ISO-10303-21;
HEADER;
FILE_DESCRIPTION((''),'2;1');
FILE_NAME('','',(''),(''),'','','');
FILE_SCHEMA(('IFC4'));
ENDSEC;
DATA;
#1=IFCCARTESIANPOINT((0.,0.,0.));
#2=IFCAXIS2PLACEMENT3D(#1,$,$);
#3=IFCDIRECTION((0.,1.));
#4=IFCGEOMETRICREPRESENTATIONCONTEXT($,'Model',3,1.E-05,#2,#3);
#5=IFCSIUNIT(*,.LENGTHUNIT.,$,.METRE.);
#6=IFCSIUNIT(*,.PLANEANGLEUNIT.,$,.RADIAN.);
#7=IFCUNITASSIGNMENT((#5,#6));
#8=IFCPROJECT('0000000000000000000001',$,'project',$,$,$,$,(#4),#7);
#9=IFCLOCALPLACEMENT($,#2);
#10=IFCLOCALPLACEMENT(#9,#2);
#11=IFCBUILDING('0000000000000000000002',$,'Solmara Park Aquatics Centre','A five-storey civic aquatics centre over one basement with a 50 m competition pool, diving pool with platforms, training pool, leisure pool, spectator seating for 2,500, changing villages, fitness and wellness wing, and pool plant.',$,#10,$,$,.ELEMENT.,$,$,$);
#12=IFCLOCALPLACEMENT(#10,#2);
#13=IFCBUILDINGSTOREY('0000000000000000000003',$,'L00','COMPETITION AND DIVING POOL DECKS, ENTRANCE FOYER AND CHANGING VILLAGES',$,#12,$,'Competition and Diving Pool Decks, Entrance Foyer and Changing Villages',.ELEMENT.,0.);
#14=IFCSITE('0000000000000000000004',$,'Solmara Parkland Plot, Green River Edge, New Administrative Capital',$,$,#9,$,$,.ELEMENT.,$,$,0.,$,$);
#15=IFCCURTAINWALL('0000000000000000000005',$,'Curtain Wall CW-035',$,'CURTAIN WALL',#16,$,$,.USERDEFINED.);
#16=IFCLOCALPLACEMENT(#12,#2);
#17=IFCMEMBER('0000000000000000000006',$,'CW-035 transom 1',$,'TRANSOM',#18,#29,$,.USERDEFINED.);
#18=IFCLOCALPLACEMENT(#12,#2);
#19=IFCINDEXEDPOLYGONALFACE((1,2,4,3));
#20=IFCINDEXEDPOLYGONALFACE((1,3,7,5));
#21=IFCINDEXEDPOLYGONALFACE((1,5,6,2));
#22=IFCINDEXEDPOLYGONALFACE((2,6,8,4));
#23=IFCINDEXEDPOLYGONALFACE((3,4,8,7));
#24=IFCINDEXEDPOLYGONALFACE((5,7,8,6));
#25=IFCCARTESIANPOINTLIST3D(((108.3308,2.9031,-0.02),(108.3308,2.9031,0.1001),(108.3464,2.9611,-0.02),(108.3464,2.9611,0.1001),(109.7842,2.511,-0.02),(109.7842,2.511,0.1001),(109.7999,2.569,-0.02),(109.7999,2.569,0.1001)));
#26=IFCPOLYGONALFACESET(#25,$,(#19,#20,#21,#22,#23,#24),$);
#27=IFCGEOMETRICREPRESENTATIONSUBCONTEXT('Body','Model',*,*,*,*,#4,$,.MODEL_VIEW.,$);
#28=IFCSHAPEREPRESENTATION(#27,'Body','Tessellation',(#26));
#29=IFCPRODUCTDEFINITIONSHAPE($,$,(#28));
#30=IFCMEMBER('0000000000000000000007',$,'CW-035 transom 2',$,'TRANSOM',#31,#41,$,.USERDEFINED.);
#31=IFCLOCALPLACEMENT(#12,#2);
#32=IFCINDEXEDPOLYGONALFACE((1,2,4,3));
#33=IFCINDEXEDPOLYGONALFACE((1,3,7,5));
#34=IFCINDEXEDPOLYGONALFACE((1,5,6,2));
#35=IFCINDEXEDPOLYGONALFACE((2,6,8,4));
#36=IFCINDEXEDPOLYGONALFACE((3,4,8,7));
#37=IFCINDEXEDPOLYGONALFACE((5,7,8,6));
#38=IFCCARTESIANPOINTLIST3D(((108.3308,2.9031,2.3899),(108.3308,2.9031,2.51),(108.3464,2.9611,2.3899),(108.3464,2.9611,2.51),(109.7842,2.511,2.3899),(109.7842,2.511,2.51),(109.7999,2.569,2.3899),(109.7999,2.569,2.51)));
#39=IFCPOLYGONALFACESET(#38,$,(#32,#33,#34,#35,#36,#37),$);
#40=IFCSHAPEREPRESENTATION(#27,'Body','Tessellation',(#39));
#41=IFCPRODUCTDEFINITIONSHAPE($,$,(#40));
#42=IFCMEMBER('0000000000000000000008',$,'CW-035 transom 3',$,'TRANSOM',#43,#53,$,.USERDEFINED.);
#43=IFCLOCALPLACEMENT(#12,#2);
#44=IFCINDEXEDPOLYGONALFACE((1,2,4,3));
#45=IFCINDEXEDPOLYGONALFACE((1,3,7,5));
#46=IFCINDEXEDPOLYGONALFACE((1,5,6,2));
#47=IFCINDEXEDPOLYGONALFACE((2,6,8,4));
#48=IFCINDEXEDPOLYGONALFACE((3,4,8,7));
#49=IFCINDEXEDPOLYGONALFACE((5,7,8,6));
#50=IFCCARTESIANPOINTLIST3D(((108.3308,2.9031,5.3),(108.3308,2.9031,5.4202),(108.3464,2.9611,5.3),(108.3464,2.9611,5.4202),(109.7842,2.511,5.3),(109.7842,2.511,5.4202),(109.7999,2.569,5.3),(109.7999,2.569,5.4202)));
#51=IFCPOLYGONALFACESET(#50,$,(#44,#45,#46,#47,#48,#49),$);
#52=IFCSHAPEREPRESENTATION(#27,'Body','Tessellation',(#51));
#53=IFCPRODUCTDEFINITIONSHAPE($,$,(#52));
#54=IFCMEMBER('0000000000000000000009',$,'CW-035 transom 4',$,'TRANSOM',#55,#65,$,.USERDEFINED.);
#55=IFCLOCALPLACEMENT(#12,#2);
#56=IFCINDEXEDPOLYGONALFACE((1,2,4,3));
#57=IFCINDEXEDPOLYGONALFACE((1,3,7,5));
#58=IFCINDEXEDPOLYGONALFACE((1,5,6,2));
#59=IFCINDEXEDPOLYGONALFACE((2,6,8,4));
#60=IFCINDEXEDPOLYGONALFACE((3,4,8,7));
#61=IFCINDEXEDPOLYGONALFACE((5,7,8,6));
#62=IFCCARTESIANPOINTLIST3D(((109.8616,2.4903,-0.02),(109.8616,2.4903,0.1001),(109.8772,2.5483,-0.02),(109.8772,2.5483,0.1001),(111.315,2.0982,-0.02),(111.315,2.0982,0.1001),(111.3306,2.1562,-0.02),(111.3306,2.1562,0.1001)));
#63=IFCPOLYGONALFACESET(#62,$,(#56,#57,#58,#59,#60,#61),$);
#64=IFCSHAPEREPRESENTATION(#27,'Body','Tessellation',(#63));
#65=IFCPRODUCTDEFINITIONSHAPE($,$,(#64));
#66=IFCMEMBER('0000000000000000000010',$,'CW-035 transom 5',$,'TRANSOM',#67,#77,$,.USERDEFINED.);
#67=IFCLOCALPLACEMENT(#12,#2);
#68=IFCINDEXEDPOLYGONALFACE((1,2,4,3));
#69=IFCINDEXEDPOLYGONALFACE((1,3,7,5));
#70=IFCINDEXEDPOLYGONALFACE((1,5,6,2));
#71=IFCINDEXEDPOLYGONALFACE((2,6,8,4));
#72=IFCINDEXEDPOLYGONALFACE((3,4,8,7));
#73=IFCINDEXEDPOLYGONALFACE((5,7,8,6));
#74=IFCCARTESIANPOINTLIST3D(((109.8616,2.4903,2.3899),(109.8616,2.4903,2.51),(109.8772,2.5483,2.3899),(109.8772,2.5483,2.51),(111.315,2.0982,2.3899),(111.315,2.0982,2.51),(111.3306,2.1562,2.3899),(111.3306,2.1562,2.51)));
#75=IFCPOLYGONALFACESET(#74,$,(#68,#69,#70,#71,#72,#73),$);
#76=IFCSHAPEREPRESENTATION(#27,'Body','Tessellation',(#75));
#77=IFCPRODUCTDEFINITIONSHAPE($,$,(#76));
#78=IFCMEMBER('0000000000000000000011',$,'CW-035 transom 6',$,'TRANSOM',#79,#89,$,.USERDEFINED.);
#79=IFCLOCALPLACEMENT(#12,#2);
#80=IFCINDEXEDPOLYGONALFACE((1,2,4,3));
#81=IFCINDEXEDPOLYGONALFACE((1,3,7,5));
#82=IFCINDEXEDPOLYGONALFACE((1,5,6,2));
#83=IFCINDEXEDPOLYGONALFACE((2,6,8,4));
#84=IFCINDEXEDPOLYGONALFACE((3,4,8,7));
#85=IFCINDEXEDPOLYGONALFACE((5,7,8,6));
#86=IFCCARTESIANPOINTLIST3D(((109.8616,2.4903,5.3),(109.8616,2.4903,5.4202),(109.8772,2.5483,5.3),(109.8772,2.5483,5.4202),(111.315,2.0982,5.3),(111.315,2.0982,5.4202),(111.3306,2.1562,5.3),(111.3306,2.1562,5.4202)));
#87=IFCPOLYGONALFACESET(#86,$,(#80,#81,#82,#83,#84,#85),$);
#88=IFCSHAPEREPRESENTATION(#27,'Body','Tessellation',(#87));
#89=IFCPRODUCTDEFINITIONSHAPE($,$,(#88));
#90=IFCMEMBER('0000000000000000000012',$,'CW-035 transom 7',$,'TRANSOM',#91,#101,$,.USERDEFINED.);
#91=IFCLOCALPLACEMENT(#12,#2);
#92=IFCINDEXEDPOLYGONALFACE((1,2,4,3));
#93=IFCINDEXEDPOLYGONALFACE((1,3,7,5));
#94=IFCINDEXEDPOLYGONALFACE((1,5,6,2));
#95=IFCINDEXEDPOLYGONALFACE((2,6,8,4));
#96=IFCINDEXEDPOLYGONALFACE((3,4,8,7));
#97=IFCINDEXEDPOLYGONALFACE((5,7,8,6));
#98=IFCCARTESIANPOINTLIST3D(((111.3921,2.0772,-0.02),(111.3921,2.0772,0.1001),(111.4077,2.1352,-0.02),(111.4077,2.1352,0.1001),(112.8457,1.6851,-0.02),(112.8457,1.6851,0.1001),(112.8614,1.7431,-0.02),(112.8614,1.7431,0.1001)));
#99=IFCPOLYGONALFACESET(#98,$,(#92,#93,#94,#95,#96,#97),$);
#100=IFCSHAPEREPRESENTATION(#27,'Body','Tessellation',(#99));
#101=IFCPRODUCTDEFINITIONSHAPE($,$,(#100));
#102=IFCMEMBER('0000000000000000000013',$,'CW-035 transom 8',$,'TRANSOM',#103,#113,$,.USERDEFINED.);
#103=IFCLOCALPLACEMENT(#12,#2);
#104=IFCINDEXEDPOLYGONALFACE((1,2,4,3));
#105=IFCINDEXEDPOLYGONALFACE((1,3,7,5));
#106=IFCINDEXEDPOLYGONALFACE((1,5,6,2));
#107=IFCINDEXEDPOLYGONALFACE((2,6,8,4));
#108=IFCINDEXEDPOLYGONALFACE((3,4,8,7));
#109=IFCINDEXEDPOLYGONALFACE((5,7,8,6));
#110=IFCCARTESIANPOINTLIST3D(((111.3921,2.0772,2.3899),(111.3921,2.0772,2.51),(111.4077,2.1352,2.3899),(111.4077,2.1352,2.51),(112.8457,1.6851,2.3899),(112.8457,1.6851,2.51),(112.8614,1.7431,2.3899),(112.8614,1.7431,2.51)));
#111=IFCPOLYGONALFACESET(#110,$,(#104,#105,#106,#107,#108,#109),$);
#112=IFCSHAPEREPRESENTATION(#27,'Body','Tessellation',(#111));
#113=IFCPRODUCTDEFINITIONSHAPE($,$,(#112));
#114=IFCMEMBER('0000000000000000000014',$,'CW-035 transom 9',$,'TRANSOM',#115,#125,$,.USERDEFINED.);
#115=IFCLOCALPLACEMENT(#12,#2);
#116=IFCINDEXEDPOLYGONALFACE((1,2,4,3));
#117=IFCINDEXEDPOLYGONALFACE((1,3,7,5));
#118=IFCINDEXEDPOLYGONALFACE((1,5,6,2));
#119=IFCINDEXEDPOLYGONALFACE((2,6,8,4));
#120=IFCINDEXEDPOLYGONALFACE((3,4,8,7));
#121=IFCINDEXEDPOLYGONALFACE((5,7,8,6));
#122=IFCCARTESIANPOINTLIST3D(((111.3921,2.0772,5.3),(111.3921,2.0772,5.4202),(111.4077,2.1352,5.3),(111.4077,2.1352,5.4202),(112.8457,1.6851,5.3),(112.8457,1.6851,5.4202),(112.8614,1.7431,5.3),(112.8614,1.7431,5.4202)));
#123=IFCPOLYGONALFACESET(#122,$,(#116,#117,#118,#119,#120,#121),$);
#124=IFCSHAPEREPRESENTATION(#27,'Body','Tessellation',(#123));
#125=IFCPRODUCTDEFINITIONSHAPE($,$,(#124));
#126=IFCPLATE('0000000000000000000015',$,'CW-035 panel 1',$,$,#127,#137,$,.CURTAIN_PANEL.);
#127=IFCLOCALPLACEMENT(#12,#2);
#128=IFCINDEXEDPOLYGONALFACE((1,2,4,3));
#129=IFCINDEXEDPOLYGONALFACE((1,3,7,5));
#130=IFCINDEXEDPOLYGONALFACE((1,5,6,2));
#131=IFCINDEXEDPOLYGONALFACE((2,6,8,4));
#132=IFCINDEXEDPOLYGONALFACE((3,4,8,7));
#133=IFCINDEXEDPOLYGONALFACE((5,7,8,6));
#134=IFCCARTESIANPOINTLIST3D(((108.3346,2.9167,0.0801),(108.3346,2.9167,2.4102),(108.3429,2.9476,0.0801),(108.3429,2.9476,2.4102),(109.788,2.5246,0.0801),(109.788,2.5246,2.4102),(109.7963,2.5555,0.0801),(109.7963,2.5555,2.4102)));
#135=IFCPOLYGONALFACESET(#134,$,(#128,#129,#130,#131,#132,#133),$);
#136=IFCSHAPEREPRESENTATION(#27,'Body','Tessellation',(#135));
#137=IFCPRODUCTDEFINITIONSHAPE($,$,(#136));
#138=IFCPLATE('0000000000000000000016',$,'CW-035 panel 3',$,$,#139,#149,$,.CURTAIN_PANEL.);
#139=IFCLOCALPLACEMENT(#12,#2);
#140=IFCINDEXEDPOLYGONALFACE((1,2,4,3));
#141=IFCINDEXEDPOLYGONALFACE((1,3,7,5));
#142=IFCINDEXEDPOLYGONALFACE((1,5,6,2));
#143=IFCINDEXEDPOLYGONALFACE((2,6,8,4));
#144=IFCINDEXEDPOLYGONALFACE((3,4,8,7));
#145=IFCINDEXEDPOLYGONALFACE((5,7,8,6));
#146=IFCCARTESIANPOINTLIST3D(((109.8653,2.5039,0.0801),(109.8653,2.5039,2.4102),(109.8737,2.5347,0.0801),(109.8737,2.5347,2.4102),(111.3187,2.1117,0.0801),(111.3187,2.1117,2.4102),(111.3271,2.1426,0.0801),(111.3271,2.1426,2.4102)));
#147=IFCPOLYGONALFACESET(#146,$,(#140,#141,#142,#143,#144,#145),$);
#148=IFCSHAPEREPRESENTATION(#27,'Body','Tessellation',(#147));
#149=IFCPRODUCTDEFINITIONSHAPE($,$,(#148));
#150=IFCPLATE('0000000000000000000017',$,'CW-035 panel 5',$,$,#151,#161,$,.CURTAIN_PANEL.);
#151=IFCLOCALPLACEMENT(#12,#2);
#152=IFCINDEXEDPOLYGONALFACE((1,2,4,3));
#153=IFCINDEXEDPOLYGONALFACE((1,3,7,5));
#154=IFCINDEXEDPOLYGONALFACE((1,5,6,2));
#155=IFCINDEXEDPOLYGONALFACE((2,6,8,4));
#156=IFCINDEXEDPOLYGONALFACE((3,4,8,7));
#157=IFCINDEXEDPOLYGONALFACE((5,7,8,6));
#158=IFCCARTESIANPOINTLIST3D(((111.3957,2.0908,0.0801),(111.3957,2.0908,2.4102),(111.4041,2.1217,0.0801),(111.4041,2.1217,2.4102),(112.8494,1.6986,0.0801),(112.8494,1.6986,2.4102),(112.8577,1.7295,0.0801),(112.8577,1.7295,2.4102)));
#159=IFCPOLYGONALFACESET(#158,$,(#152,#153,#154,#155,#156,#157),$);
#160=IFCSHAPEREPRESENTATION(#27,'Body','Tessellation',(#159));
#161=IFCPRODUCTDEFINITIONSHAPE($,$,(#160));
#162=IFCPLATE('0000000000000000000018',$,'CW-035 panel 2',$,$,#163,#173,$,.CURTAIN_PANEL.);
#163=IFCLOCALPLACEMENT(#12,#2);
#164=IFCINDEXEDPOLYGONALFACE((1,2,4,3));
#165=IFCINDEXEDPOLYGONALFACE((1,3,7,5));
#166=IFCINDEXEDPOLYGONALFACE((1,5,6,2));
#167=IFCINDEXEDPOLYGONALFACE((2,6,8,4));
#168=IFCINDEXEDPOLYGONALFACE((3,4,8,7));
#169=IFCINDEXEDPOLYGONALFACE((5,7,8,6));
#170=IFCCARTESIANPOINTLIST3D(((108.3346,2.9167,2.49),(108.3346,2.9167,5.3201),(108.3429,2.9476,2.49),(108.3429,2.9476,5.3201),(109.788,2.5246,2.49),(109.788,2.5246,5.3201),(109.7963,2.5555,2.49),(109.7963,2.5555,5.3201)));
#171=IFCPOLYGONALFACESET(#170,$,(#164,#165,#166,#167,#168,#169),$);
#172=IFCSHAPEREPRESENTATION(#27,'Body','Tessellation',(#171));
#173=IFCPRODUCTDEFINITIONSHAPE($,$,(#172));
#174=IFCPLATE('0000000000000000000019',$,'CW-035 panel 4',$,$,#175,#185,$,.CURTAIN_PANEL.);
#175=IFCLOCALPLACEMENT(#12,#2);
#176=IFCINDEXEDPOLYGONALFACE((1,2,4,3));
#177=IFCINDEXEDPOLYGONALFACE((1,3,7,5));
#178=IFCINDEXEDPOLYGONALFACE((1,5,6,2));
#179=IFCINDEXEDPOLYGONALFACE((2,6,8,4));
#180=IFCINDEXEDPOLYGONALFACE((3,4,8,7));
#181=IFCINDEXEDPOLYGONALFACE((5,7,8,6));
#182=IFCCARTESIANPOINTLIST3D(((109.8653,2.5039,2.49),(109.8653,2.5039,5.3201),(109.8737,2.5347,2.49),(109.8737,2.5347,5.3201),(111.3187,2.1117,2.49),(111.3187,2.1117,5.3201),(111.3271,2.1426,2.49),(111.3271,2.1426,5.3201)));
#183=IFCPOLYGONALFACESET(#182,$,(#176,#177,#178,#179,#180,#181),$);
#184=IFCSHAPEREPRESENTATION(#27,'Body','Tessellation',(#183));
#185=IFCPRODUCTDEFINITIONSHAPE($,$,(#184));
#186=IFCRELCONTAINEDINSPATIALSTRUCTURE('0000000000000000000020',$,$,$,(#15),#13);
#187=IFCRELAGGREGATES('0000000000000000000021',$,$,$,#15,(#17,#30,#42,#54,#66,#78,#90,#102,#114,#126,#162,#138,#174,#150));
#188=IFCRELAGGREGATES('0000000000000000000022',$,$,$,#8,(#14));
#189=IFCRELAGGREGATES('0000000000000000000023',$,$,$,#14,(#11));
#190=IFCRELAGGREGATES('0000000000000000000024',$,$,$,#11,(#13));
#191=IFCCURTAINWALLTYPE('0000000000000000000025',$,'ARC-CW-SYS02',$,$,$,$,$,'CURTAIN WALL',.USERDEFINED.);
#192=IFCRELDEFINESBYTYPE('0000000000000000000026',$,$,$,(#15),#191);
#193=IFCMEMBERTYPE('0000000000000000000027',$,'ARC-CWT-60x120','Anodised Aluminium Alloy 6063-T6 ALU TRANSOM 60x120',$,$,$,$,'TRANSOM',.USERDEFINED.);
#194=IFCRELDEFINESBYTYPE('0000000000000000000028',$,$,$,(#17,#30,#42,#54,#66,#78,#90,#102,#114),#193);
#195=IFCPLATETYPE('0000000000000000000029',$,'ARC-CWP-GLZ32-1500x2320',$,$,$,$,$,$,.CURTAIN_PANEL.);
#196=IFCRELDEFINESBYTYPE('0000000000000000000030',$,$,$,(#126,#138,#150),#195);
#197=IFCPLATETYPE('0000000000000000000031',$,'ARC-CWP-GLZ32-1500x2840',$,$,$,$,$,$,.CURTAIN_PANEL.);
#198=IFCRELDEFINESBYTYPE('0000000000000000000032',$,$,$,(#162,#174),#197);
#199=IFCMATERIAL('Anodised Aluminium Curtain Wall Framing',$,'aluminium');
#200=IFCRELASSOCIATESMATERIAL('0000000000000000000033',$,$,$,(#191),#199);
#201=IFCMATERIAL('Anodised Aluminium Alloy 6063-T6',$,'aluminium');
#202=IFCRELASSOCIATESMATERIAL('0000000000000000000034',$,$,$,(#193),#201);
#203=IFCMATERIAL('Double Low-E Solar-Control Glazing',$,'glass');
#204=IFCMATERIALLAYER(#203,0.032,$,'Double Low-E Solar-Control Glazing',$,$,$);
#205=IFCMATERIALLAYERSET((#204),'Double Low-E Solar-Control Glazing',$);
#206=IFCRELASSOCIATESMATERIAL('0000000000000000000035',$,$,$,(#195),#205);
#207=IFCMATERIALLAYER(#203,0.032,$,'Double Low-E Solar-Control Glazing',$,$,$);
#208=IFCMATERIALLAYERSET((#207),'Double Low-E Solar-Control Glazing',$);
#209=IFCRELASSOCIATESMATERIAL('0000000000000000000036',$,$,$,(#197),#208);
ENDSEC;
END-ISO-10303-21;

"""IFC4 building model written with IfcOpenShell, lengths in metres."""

from ifc_helpers import new_model, si_unit, direction, frame, origin, origin_2d, place, context, subcontext, project, spatial, rectangle, extrude, material, layer, layer_set, material_profile, profile_set, type_object, element, aggregate, save


model = new_model("IFC4")

# Units and contexts
model_context = context("Model", 3, precision=1e-05, world=origin(), true_north=direction((0.0, 1.0)))
body_context = subcontext(model_context, "Body", "Model", "MODEL_VIEW")
ifc_project = project(units=[si_unit("LENGTHUNIT", "METRE"), si_unit("PLANEANGLEUNIT", "RADIAN")], contexts=[model_context])

# Site, building, storey
site_placement = place(None, origin())
site = spatial("IfcSite", under=ifc_project, at=site_placement, Name="Solmara Parkland Plot, Green River Edge, New Administrative Capital", CompositionType="ELEMENT", RefElevation=0.0)
building_placement = place(site_placement, origin())
building = spatial("IfcBuilding", under=site, at=building_placement, Name="Solmara Park Aquatics Centre", Description="A five-storey civic aquatics centre over one basement with a 50 m competition pool, diving pool with platforms, training pool, leisure pool, spectator seating for 2,500, changing villages, fitness and wellness wing, and pool plant.", CompositionType="ELEMENT")
storey_placement = place(building_placement, origin())
storey = spatial("IfcBuildingStorey", under=building, at=storey_placement, Name="L00", Description="COMPETITION AND DIVING POOL DECKS, ENTRANCE FOYER AND CHANGING VILLAGES", LongName="Competition and Diving Pool Decks, Entrance Foyer and Changing Villages", CompositionType="ELEMENT", Elevation=0.0)

# Shared definitions
ifc_material_1 = material(Name="Anodised Aluminium Curtain Wall Framing", Category="aluminium")
curtain_wall_type = type_object("IfcCurtainWallType", Name="ARC-CW-SYS02", ElementType="CURTAIN WALL", PredefinedType="USERDEFINED", material=ifc_material_1)
ifc_material_2 = material(Name="Anodised Aluminium Alloy 6063-T6", Category="aluminium")

# Curtain wall
curtain_wall_1_placement = place(storey_placement, origin())
curtain_wall_1 = element("IfcCurtainWall", 1, at=curtain_wall_1_placement, inside=storey, type_object=curtain_wall_type, Name="Curtain Wall CW-035", ObjectType="CURTAIN WALL", PredefinedType="USERDEFINED")

# Members
ifc_material_profile_1 = material_profile(ifc_material_2, rectangle(XDim=0.0601, YDim=0.1201, at=origin_2d()), Name="ALU TRANSOM 60x120")
ifc_profile_set_1 = profile_set([ifc_material_profile_1], Name="Anodised Aluminium Alloy 6063-T6")
member_type_1 = type_object("IfcMemberType", Name="ARC-CWT-60x120", Description="Anodised Aluminium Alloy 6063-T6 ALU TRANSOM 60x120", ElementType="TRANSOM", PredefinedType="USERDEFINED", material=ifc_profile_set_1)
member_1_placement = place(storey_placement, frame((108.3386, 2.9321, 0.04), z_axis=(0.965483, -0.260468, 0.0), x_axis=(0.260468, 0.965483, 0.0)))
member_1 = element("IfcMember", 2, at=member_1_placement, type_object=member_type_1, Name="CW-035 transom 1", ObjectType="TRANSOM", PredefinedType="USERDEFINED", context=body_context, shape_type="SweptSolid", body=[
    extrude(rectangle(XDim=0.0601, YDim=0.1201, at=origin_2d()), origin(), (0.0, 0.0, 1.0), 1.5054),
])
member_2_placement = place(storey_placement, frame((108.3386, 2.9321, 2.45), z_axis=(0.965483, -0.260468, 0.0), x_axis=(0.260468, 0.965483, 0.0)))
member_2 = element("IfcMember", 3, at=member_2_placement, type_object=member_type_1, Name="CW-035 transom 2", ObjectType="TRANSOM", PredefinedType="USERDEFINED", context=body_context, shape_type="SweptSolid", body=[
    extrude(rectangle(XDim=0.0601, YDim=0.1201, at=origin_2d()), origin(), (0.0, 0.0, 1.0), 1.5054),
])
member_3_placement = place(storey_placement, frame((108.3386, 2.9321, 5.3601), z_axis=(0.965483, -0.260468, 0.0), x_axis=(0.260468, 0.965483, 0.0)))
member_3 = element("IfcMember", 4, at=member_3_placement, type_object=member_type_1, Name="CW-035 transom 3", ObjectType="TRANSOM", PredefinedType="USERDEFINED", context=body_context, shape_type="SweptSolid", body=[
    extrude(rectangle(XDim=0.0601, YDim=0.1201, at=origin_2d()), origin(), (0.0, 0.0, 1.0), 1.5054),
])
member_4_placement = place(storey_placement, frame((109.8694, 2.5193, 0.04), z_axis=(0.965483, -0.260468, 0.0), x_axis=(0.260468, 0.965483, 0.0)))
member_4 = element("IfcMember", 5, at=member_4_placement, type_object=member_type_1, Name="CW-035 transom 4", ObjectType="TRANSOM", PredefinedType="USERDEFINED", context=body_context, shape_type="SweptSolid", body=[
    extrude(rectangle(XDim=0.0601, YDim=0.1201, at=origin_2d()), origin(), (0.0, 0.0, 1.0), 1.5054),
])
member_5_placement = place(storey_placement, frame((109.8694, 2.5193, 2.45), z_axis=(0.965483, -0.260468, 0.0), x_axis=(0.260468, 0.965483, 0.0)))
member_5 = element("IfcMember", 6, at=member_5_placement, type_object=member_type_1, Name="CW-035 transom 5", ObjectType="TRANSOM", PredefinedType="USERDEFINED", context=body_context, shape_type="SweptSolid", body=[
    extrude(rectangle(XDim=0.0601, YDim=0.1201, at=origin_2d()), origin(), (0.0, 0.0, 1.0), 1.5054),
])
member_6_placement = place(storey_placement, frame((109.8694, 2.5193, 5.3601), z_axis=(0.965483, -0.260468, 0.0), x_axis=(0.260468, 0.965483, 0.0)))
member_6 = element("IfcMember", 7, at=member_6_placement, type_object=member_type_1, Name="CW-035 transom 6", ObjectType="TRANSOM", PredefinedType="USERDEFINED", context=body_context, shape_type="SweptSolid", body=[
    extrude(rectangle(XDim=0.0601, YDim=0.1201, at=origin_2d()), origin(), (0.0, 0.0, 1.0), 1.5054),
])
member_7_placement = place(storey_placement, frame((111.3999, 2.1062, 0.04), z_axis=(0.965494, -0.260427, 0.0), x_axis=(0.260427, 0.965494, 0.0)))
member_7 = element("IfcMember", 8, at=member_7_placement, type_object=member_type_1, Name="CW-035 transom 7", ObjectType="TRANSOM", PredefinedType="USERDEFINED", context=body_context, shape_type="SweptSolid", body=[
    extrude(rectangle(XDim=0.0601, YDim=0.1201, at=origin_2d()), origin(), (0.0, 0.0, 1.0), 1.5056),
])
member_8_placement = place(storey_placement, frame((111.3999, 2.1062, 2.45), z_axis=(0.965494, -0.260427, 0.0), x_axis=(0.260427, 0.965494, 0.0)))
member_8 = element("IfcMember", 9, at=member_8_placement, type_object=member_type_1, Name="CW-035 transom 8", ObjectType="TRANSOM", PredefinedType="USERDEFINED", context=body_context, shape_type="SweptSolid", body=[
    extrude(rectangle(XDim=0.0601, YDim=0.1201, at=origin_2d()), origin(), (0.0, 0.0, 1.0), 1.5056),
])
member_9_placement = place(storey_placement, frame((111.3999, 2.1062, 5.3601), z_axis=(0.965494, -0.260427, 0.0), x_axis=(0.260427, 0.965494, 0.0)))
member_9 = element("IfcMember", 10, at=member_9_placement, type_object=member_type_1, Name="CW-035 transom 9", ObjectType="TRANSOM", PredefinedType="USERDEFINED", context=body_context, shape_type="SweptSolid", body=[
    extrude(rectangle(XDim=0.0601, YDim=0.1201, at=origin_2d()), origin(), (0.0, 0.0, 1.0), 1.5056),
])

# Plates
ifc_material_3 = material(Name="Double Low-E Solar-Control Glazing", Category="glass")
ifc_layer_1 = layer(ifc_material_3, 0.032, Name="Double Low-E Solar-Control Glazing")
ifc_layer_set_1 = layer_set([ifc_layer_1], Name="Double Low-E Solar-Control Glazing")
plate_type_1 = type_object("IfcPlateType", Name="ARC-CWP-GLZ32-1500x2320", PredefinedType="CURTAIN_PANEL", material=ifc_layer_set_1)
plate_1_placement = place(storey_placement, frame((109.0654, 2.7361, 0.0801), z_axis=(0.0, 0.0, 1.0), x_axis=(0.96548, -0.260476, 0.0)))
plate_1 = element("IfcPlate", 11, at=plate_1_placement, type_object=plate_type_1, Name="CW-035 panel 1", PredefinedType="CURTAIN_PANEL", context=body_context, shape_type="SweptSolid", body=[
    extrude(rectangle(XDim=1.5054, YDim=0.032, at=origin_2d()), origin(), (0.0, 0.0, 1.0), 2.3301),
])
plate_2_placement = place(storey_placement, frame((110.5962, 2.3232, 0.0801), z_axis=(0.0, 0.0, 1.0), x_axis=(0.96548, -0.260476, 0.0)))
plate_2 = element("IfcPlate", 12, at=plate_2_placement, type_object=plate_type_1, Name="CW-035 panel 3", PredefinedType="CURTAIN_PANEL", context=body_context, shape_type="SweptSolid", body=[
    extrude(rectangle(XDim=1.5054, YDim=0.032, at=origin_2d()), origin(), (0.0, 0.0, 1.0), 2.3301),
])
plate_3_placement = place(storey_placement, frame((112.1267, 1.9102, 0.0801), z_axis=(0.0, 0.0, 1.0), x_axis=(0.96548, -0.260476, 0.0)))
plate_3 = element("IfcPlate", 13, at=plate_3_placement, type_object=plate_type_1, Name="CW-035 panel 5", PredefinedType="CURTAIN_PANEL", context=body_context, shape_type="SweptSolid", body=[
    extrude(rectangle(XDim=1.5056, YDim=0.032, at=origin_2d()), origin(), (0.0, 0.0, 1.0), 2.3301),
])
ifc_layer_2 = layer(ifc_material_3, 0.032, Name="Double Low-E Solar-Control Glazing")
ifc_layer_set_2 = layer_set([ifc_layer_2], Name="Double Low-E Solar-Control Glazing")
plate_type_2 = type_object("IfcPlateType", Name="ARC-CWP-GLZ32-1500x2840", PredefinedType="CURTAIN_PANEL", material=ifc_layer_set_2)
plate_4_placement = place(storey_placement, frame((109.0654, 2.7361, 2.49), z_axis=(0.0, 0.0, 1.0), x_axis=(0.96548, -0.260476, 0.0)))
plate_4 = element("IfcPlate", 14, at=plate_4_placement, type_object=plate_type_2, Name="CW-035 panel 2", PredefinedType="CURTAIN_PANEL", context=body_context, shape_type="SweptSolid", body=[
    extrude(rectangle(XDim=1.5054, YDim=0.032, at=origin_2d()), origin(), (0.0, 0.0, 1.0), 2.8301),
])
plate_5_placement = place(storey_placement, frame((110.5962, 2.3232, 2.49), z_axis=(0.0, 0.0, 1.0), x_axis=(0.96548, -0.260476, 0.0)))
plate_5 = element("IfcPlate", 15, at=plate_5_placement, type_object=plate_type_2, Name="CW-035 panel 4", PredefinedType="CURTAIN_PANEL", context=body_context, shape_type="SweptSolid", body=[
    extrude(rectangle(XDim=1.5054, YDim=0.032, at=origin_2d()), origin(), (0.0, 0.0, 1.0), 2.8301),
])
aggregate(curtain_wall_1, [member_1, member_2, member_3, member_4, member_5, member_6, member_7, member_8, member_9, plate_1, plate_4, plate_2, plate_5, plate_3])

save(model, "model.ifc")
